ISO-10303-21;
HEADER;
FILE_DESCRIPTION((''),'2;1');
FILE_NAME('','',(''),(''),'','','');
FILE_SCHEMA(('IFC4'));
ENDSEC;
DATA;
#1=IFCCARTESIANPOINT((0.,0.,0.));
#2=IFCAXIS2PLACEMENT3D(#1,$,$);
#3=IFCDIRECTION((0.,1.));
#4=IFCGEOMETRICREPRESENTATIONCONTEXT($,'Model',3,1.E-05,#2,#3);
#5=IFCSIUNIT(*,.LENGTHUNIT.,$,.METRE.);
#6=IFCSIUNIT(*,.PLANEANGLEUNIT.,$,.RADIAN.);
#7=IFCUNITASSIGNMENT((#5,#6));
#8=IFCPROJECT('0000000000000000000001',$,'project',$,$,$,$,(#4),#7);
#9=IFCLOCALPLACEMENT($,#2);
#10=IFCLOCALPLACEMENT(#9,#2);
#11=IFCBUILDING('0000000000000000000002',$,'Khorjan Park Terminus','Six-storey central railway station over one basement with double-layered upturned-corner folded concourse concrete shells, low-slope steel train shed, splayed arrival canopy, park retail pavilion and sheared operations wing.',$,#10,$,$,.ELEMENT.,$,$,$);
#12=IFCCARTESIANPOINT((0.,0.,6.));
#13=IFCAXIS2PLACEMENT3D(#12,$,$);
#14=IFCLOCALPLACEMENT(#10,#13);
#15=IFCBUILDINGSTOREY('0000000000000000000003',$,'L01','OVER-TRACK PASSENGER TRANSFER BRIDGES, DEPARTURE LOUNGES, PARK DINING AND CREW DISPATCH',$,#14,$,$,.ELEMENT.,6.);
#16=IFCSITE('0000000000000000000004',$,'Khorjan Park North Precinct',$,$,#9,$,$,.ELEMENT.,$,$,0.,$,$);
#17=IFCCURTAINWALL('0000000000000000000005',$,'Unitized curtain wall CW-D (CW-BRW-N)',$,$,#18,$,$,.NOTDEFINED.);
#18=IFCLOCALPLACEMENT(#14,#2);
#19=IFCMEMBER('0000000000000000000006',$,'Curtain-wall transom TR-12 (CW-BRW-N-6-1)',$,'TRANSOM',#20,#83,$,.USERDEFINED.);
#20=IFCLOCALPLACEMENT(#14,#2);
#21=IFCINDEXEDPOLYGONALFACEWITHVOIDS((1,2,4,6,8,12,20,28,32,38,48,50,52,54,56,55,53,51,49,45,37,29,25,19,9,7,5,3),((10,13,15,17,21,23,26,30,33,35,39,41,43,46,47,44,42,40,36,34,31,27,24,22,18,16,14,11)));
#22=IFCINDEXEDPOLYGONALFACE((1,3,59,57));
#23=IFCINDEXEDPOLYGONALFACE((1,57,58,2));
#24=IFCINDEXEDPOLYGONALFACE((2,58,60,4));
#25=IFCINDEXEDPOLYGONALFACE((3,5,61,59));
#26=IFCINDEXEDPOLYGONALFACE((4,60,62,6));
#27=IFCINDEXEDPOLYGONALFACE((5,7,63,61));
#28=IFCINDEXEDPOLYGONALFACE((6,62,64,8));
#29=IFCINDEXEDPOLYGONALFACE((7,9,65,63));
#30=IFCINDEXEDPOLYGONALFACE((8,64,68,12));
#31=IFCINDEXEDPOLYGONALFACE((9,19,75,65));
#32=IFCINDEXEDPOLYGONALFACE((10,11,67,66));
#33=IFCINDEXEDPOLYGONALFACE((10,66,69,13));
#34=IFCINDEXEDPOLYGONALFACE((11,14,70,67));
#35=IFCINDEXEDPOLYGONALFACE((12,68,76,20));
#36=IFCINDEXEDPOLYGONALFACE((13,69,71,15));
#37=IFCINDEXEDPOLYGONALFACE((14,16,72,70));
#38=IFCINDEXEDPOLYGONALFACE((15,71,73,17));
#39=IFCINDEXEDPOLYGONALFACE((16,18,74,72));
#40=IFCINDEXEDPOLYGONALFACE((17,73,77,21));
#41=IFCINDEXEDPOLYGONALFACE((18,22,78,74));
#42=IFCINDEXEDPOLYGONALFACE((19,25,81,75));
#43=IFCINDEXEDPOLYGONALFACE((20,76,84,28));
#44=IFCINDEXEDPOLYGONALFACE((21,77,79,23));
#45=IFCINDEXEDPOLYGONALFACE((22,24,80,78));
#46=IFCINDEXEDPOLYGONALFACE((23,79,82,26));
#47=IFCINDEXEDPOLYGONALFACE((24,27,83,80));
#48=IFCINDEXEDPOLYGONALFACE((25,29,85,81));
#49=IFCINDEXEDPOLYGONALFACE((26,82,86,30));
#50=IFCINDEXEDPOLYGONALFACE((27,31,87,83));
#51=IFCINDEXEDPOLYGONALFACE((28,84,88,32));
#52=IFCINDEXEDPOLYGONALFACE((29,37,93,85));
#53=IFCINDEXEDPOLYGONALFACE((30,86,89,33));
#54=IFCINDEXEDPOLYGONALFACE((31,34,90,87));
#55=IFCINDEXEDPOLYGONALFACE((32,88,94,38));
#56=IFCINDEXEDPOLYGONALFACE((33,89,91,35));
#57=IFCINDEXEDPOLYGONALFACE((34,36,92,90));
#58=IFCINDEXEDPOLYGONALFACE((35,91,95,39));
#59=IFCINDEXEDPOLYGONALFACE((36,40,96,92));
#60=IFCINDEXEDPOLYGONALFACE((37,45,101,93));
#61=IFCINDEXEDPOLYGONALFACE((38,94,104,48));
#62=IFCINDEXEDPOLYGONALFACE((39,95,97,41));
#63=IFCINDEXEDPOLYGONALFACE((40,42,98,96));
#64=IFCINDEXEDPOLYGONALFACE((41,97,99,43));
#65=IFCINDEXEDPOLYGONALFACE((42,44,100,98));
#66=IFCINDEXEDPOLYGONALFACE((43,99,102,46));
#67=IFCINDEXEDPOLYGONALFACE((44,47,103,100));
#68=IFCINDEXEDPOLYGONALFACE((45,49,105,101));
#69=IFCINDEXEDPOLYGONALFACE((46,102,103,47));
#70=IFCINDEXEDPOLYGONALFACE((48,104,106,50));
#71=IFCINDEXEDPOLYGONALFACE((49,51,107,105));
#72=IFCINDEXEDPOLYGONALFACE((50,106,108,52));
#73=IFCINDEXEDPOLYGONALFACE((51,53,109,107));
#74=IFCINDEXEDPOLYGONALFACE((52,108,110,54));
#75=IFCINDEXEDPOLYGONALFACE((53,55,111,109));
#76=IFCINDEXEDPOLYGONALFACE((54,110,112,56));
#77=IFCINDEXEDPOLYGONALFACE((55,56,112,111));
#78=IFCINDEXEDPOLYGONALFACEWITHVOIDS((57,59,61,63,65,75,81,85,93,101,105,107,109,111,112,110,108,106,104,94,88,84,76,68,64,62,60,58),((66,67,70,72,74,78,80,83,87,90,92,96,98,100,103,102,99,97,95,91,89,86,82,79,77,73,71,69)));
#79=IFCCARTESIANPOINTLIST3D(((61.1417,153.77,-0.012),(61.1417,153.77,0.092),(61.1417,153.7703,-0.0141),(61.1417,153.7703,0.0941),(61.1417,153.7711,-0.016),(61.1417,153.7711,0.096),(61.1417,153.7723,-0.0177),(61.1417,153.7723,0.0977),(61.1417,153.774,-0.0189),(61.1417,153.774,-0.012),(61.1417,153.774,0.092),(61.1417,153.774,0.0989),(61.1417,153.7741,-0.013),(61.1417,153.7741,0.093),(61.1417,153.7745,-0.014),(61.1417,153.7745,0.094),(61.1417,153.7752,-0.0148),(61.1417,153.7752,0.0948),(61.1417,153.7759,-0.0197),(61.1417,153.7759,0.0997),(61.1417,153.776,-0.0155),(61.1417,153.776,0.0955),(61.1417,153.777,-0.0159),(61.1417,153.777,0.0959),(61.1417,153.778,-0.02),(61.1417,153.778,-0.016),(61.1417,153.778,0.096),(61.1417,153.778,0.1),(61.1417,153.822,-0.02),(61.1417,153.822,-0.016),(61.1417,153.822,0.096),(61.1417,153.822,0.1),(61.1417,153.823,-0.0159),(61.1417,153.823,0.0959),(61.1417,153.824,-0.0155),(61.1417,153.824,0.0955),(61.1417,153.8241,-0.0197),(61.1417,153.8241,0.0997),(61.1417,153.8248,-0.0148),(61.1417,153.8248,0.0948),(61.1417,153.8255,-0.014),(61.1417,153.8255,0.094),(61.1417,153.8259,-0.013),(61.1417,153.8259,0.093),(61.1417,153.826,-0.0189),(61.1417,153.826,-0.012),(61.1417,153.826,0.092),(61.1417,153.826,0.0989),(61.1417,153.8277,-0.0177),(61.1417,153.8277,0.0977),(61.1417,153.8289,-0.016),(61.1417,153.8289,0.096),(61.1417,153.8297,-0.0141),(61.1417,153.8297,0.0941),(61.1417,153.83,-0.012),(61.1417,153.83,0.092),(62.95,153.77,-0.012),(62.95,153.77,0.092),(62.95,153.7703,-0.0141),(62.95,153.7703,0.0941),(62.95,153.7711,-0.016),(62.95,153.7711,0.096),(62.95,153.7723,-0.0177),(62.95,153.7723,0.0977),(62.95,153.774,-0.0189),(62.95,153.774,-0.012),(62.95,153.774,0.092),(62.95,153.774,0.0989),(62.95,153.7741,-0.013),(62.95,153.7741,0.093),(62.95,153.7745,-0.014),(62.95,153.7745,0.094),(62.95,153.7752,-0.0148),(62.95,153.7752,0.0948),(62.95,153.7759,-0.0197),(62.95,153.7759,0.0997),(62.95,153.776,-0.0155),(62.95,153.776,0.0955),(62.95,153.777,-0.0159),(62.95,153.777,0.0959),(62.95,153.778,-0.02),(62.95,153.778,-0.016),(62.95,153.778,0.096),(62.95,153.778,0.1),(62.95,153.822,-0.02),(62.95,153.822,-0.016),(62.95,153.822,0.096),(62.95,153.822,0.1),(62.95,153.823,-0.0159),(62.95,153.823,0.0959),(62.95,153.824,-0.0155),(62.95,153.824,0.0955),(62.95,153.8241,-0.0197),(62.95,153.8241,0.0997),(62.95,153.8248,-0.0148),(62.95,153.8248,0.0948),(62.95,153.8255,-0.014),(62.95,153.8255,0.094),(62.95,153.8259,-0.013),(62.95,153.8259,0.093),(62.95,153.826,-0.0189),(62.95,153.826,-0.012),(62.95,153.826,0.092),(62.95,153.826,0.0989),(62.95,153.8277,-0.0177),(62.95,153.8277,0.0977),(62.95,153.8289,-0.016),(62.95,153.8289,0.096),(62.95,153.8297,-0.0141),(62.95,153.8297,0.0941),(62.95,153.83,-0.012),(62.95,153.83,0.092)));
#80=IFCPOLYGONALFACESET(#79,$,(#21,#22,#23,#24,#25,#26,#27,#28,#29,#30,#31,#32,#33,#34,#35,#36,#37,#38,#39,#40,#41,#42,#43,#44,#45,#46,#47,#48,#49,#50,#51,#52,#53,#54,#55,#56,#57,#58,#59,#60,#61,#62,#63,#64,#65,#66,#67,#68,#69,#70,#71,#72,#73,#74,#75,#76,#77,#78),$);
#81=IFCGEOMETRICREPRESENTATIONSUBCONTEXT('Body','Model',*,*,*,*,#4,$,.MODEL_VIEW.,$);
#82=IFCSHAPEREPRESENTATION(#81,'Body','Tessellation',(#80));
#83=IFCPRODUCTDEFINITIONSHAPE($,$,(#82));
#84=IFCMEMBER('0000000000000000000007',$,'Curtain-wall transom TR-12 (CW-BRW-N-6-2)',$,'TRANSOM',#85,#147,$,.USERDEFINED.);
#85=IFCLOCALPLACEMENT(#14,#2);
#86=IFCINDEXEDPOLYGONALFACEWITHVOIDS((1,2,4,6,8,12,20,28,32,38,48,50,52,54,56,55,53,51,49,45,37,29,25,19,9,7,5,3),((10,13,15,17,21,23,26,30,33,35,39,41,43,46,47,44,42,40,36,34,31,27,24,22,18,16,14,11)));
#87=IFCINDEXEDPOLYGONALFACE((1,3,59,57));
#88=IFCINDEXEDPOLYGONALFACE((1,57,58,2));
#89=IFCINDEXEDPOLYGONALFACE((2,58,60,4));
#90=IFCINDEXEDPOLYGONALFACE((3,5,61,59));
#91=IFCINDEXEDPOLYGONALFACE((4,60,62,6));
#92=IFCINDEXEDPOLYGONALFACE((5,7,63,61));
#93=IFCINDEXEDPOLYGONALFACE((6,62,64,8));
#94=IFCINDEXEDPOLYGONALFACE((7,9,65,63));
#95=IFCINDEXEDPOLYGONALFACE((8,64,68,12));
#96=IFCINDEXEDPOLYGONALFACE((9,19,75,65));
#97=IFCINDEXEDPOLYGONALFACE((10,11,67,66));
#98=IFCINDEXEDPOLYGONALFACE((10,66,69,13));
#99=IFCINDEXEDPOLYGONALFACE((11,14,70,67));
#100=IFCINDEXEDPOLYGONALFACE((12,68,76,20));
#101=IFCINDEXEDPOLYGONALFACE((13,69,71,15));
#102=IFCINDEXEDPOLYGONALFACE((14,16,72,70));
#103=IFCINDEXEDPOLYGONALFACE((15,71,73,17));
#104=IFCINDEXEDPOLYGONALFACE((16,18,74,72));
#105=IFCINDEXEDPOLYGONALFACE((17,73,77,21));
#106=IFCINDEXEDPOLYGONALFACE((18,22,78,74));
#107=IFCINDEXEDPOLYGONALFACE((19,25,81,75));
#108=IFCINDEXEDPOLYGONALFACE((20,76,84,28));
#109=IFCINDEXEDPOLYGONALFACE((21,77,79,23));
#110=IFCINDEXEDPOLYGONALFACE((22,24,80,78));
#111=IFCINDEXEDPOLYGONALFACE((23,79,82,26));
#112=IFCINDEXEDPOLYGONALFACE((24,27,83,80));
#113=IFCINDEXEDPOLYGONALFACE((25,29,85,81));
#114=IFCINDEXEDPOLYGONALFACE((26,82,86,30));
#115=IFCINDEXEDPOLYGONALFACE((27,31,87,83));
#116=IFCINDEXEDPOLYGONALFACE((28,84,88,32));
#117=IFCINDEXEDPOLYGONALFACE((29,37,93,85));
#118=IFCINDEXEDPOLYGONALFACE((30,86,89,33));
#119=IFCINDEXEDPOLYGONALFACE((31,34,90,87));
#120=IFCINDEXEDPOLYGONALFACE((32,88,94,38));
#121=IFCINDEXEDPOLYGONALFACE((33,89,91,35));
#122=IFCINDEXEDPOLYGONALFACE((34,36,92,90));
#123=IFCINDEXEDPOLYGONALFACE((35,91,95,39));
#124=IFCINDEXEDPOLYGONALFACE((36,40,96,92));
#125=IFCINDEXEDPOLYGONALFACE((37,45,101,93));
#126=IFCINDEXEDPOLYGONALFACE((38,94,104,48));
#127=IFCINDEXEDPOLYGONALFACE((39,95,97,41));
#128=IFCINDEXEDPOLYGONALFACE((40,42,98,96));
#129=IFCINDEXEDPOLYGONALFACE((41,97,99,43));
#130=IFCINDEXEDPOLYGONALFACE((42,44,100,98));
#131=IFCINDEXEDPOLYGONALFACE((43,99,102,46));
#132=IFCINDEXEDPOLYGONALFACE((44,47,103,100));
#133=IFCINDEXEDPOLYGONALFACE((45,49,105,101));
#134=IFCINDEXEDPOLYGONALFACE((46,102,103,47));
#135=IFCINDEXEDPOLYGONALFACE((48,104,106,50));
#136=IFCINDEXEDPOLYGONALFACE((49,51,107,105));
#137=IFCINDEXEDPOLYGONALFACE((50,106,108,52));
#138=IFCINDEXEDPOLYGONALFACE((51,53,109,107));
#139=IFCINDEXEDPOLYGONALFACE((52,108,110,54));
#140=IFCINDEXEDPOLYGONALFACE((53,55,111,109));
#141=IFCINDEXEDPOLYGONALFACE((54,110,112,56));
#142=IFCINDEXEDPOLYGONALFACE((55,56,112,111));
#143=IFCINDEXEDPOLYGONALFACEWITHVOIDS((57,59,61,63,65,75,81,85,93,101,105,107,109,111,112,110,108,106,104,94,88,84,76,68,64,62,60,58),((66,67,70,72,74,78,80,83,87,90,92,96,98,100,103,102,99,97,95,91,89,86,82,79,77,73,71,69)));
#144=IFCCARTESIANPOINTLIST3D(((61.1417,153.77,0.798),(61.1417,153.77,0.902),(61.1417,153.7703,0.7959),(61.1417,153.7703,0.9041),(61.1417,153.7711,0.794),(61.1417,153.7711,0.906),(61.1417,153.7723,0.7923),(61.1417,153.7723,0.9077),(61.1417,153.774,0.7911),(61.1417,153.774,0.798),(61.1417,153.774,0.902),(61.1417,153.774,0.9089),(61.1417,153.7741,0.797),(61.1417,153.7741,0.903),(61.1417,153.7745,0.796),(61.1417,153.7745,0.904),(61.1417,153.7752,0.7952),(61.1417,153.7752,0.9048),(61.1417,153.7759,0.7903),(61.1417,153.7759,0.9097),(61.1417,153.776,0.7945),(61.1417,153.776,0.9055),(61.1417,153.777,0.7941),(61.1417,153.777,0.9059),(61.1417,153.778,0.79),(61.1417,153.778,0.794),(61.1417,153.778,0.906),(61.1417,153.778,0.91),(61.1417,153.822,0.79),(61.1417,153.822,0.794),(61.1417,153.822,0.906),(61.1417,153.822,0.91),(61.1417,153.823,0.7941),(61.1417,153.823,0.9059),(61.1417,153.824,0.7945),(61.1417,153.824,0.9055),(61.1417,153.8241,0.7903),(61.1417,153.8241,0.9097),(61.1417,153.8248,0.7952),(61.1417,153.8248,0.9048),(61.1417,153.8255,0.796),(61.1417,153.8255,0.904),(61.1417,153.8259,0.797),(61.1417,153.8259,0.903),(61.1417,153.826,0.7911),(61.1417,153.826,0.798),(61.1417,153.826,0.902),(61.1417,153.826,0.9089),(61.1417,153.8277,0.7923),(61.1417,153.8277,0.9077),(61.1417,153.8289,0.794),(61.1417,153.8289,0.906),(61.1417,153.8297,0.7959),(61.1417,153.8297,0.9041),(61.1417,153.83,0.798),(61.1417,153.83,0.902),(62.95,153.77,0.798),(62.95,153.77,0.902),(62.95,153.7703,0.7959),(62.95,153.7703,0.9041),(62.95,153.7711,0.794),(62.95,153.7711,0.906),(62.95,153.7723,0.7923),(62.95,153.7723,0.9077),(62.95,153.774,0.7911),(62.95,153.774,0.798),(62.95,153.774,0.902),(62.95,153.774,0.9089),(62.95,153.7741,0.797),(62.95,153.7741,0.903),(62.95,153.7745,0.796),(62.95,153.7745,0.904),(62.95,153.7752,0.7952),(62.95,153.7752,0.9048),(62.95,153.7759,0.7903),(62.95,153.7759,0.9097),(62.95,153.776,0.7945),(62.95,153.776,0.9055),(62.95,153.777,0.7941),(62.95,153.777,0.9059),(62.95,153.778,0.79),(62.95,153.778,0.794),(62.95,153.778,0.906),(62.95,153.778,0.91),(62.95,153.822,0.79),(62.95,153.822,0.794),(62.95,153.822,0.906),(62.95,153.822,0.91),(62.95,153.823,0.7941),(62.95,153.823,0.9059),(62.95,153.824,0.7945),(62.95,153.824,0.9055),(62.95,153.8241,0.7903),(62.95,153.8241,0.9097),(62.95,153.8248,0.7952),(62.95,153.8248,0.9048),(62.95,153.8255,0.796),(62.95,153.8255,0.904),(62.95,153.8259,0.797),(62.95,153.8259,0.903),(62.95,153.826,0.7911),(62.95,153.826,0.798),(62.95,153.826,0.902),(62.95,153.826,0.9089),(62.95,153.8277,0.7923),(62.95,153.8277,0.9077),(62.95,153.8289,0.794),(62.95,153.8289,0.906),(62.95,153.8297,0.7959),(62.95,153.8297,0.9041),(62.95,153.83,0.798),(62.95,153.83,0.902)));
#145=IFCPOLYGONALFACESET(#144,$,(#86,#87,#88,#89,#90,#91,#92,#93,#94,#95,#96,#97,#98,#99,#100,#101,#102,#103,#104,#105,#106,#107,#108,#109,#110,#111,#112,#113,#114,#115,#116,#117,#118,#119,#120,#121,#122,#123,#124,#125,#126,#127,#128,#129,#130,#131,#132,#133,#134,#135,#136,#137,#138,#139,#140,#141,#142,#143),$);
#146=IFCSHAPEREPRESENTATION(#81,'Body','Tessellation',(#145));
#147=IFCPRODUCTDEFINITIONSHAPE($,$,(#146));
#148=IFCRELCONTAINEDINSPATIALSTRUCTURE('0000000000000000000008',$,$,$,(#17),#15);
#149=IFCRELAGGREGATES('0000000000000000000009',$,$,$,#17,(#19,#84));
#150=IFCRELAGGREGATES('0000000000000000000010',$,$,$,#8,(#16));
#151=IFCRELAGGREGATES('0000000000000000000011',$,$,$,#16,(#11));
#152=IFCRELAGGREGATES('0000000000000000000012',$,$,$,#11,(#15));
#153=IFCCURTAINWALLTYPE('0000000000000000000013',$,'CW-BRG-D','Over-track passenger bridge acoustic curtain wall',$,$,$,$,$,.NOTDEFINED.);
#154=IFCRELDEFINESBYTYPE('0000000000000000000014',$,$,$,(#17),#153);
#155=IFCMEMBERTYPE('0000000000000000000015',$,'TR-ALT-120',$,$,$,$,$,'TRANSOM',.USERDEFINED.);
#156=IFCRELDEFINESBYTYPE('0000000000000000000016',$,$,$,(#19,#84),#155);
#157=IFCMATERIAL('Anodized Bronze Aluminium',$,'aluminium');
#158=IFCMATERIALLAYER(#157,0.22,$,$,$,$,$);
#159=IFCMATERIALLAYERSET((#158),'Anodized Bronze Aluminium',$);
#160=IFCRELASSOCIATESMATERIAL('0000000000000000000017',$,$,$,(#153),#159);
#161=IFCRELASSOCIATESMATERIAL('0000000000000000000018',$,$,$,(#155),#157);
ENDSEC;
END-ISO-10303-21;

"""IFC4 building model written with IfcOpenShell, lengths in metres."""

from ifc_helpers import new_model, si_unit, direction, frame, origin, origin_2d, place, context, subcontext, project, spatial, hollow_rectangle, extrude, material, layer, layer_set, material_profile, profile_set, type_object, element, aggregate, save


model = new_model("IFC4")

# Units and contexts
model_context = context("Model", 3, precision=1e-05, world=origin(), true_north=direction((0.0, 1.0)))
body_context = subcontext(model_context, "Body", "Model", "MODEL_VIEW")
ifc_project = project(units=[si_unit("LENGTHUNIT", "METRE"), si_unit("PLANEANGLEUNIT", "RADIAN")], contexts=[model_context])

# Site, building, storey
site_placement = place(None, origin())
site = spatial("IfcSite", under=ifc_project, at=site_placement, Name="Khorjan Park North Precinct", CompositionType="ELEMENT", RefElevation=0.0)
building_placement = place(site_placement, origin())
building = spatial("IfcBuilding", under=site, at=building_placement, Name="Khorjan Park Terminus", Description="Six-storey central railway station over one basement with double-layered upturned-corner folded concourse concrete shells, low-slope steel train shed, splayed arrival canopy, park retail pavilion and sheared operations wing.", CompositionType="ELEMENT")
storey_placement = place(building_placement, frame((0.0, 0.0, 6.0)))
storey = spatial("IfcBuildingStorey", under=building, at=storey_placement, Name="L01", Description="OVER-TRACK PASSENGER TRANSFER BRIDGES, DEPARTURE LOUNGES, PARK DINING AND CREW DISPATCH", CompositionType="ELEMENT", Elevation=6.0)

# Curtain wall, members
ifc_material_1 = material(Name="Anodized Bronze Aluminium", Category="aluminium")
ifc_layer_1 = layer(ifc_material_1, 0.22)
ifc_layer_set_1 = layer_set([ifc_layer_1], Name="Anodized Bronze Aluminium")
curtain_wall_type = type_object("IfcCurtainWallType", Name="CW-BRG-D", Description="Over-track passenger bridge acoustic curtain wall", PredefinedType="NOTDEFINED", material=ifc_layer_set_1)
curtain_wall_placement = place(storey_placement, origin())
curtain_wall = element("IfcCurtainWall", 1, at=curtain_wall_placement, inside=storey, type_object=curtain_wall_type, Name="Unitized curtain wall CW-D (CW-BRW-N)", PredefinedType="NOTDEFINED")
ifc_material_profile_1 = material_profile(ifc_material_1, hollow_rectangle(XDim=0.06, YDim=0.12, WallThickness=0.004, InnerFilletRadius=0.004, OuterFilletRadius=0.008, at=origin_2d()), Name="ALT 60x120x4")
ifc_profile_set_1 = profile_set([ifc_material_profile_1], Name="Anodized Bronze Aluminium")
member_type_1 = type_object("IfcMemberType", Name="TR-ALT-120", ElementType="TRANSOM", PredefinedType="USERDEFINED", material=ifc_profile_set_1)
member_1_placement = place(storey_placement, frame((62.95, 153.8, 0.04), z_axis=(-1.0, 0.0, 0.0), x_axis=(0.0, -1.0, 0.0)))
member_1 = element("IfcMember", 2, at=member_1_placement, type_object=member_type_1, Name="Curtain-wall transom TR-12 (CW-BRW-N-6-1)", ObjectType="TRANSOM", PredefinedType="USERDEFINED", context=body_context, shape_type="SweptSolid", body=[
    extrude(hollow_rectangle(XDim=0.06, YDim=0.12, WallThickness=0.004, InnerFilletRadius=0.004, OuterFilletRadius=0.008, at=origin_2d()), origin(), (0.0, 0.0, 1.0), 1.8083),
])
member_2_placement = place(storey_placement, frame((62.95, 153.8, 0.85), z_axis=(-1.0, 0.0, 0.0), x_axis=(0.0, -1.0, 0.0)))
member_2 = element("IfcMember", 3, at=member_2_placement, type_object=member_type_1, Name="Curtain-wall transom TR-12 (CW-BRW-N-6-2)", ObjectType="TRANSOM", PredefinedType="USERDEFINED", context=body_context, shape_type="SweptSolid", body=[
    extrude(hollow_rectangle(XDim=0.06, YDim=0.12, WallThickness=0.004, InnerFilletRadius=0.004, OuterFilletRadius=0.008, at=origin_2d()), origin(), (0.0, 0.0, 1.0), 1.8083),
])
aggregate(curtain_wall, [member_1, member_2])

save(model, "model.ifc")
